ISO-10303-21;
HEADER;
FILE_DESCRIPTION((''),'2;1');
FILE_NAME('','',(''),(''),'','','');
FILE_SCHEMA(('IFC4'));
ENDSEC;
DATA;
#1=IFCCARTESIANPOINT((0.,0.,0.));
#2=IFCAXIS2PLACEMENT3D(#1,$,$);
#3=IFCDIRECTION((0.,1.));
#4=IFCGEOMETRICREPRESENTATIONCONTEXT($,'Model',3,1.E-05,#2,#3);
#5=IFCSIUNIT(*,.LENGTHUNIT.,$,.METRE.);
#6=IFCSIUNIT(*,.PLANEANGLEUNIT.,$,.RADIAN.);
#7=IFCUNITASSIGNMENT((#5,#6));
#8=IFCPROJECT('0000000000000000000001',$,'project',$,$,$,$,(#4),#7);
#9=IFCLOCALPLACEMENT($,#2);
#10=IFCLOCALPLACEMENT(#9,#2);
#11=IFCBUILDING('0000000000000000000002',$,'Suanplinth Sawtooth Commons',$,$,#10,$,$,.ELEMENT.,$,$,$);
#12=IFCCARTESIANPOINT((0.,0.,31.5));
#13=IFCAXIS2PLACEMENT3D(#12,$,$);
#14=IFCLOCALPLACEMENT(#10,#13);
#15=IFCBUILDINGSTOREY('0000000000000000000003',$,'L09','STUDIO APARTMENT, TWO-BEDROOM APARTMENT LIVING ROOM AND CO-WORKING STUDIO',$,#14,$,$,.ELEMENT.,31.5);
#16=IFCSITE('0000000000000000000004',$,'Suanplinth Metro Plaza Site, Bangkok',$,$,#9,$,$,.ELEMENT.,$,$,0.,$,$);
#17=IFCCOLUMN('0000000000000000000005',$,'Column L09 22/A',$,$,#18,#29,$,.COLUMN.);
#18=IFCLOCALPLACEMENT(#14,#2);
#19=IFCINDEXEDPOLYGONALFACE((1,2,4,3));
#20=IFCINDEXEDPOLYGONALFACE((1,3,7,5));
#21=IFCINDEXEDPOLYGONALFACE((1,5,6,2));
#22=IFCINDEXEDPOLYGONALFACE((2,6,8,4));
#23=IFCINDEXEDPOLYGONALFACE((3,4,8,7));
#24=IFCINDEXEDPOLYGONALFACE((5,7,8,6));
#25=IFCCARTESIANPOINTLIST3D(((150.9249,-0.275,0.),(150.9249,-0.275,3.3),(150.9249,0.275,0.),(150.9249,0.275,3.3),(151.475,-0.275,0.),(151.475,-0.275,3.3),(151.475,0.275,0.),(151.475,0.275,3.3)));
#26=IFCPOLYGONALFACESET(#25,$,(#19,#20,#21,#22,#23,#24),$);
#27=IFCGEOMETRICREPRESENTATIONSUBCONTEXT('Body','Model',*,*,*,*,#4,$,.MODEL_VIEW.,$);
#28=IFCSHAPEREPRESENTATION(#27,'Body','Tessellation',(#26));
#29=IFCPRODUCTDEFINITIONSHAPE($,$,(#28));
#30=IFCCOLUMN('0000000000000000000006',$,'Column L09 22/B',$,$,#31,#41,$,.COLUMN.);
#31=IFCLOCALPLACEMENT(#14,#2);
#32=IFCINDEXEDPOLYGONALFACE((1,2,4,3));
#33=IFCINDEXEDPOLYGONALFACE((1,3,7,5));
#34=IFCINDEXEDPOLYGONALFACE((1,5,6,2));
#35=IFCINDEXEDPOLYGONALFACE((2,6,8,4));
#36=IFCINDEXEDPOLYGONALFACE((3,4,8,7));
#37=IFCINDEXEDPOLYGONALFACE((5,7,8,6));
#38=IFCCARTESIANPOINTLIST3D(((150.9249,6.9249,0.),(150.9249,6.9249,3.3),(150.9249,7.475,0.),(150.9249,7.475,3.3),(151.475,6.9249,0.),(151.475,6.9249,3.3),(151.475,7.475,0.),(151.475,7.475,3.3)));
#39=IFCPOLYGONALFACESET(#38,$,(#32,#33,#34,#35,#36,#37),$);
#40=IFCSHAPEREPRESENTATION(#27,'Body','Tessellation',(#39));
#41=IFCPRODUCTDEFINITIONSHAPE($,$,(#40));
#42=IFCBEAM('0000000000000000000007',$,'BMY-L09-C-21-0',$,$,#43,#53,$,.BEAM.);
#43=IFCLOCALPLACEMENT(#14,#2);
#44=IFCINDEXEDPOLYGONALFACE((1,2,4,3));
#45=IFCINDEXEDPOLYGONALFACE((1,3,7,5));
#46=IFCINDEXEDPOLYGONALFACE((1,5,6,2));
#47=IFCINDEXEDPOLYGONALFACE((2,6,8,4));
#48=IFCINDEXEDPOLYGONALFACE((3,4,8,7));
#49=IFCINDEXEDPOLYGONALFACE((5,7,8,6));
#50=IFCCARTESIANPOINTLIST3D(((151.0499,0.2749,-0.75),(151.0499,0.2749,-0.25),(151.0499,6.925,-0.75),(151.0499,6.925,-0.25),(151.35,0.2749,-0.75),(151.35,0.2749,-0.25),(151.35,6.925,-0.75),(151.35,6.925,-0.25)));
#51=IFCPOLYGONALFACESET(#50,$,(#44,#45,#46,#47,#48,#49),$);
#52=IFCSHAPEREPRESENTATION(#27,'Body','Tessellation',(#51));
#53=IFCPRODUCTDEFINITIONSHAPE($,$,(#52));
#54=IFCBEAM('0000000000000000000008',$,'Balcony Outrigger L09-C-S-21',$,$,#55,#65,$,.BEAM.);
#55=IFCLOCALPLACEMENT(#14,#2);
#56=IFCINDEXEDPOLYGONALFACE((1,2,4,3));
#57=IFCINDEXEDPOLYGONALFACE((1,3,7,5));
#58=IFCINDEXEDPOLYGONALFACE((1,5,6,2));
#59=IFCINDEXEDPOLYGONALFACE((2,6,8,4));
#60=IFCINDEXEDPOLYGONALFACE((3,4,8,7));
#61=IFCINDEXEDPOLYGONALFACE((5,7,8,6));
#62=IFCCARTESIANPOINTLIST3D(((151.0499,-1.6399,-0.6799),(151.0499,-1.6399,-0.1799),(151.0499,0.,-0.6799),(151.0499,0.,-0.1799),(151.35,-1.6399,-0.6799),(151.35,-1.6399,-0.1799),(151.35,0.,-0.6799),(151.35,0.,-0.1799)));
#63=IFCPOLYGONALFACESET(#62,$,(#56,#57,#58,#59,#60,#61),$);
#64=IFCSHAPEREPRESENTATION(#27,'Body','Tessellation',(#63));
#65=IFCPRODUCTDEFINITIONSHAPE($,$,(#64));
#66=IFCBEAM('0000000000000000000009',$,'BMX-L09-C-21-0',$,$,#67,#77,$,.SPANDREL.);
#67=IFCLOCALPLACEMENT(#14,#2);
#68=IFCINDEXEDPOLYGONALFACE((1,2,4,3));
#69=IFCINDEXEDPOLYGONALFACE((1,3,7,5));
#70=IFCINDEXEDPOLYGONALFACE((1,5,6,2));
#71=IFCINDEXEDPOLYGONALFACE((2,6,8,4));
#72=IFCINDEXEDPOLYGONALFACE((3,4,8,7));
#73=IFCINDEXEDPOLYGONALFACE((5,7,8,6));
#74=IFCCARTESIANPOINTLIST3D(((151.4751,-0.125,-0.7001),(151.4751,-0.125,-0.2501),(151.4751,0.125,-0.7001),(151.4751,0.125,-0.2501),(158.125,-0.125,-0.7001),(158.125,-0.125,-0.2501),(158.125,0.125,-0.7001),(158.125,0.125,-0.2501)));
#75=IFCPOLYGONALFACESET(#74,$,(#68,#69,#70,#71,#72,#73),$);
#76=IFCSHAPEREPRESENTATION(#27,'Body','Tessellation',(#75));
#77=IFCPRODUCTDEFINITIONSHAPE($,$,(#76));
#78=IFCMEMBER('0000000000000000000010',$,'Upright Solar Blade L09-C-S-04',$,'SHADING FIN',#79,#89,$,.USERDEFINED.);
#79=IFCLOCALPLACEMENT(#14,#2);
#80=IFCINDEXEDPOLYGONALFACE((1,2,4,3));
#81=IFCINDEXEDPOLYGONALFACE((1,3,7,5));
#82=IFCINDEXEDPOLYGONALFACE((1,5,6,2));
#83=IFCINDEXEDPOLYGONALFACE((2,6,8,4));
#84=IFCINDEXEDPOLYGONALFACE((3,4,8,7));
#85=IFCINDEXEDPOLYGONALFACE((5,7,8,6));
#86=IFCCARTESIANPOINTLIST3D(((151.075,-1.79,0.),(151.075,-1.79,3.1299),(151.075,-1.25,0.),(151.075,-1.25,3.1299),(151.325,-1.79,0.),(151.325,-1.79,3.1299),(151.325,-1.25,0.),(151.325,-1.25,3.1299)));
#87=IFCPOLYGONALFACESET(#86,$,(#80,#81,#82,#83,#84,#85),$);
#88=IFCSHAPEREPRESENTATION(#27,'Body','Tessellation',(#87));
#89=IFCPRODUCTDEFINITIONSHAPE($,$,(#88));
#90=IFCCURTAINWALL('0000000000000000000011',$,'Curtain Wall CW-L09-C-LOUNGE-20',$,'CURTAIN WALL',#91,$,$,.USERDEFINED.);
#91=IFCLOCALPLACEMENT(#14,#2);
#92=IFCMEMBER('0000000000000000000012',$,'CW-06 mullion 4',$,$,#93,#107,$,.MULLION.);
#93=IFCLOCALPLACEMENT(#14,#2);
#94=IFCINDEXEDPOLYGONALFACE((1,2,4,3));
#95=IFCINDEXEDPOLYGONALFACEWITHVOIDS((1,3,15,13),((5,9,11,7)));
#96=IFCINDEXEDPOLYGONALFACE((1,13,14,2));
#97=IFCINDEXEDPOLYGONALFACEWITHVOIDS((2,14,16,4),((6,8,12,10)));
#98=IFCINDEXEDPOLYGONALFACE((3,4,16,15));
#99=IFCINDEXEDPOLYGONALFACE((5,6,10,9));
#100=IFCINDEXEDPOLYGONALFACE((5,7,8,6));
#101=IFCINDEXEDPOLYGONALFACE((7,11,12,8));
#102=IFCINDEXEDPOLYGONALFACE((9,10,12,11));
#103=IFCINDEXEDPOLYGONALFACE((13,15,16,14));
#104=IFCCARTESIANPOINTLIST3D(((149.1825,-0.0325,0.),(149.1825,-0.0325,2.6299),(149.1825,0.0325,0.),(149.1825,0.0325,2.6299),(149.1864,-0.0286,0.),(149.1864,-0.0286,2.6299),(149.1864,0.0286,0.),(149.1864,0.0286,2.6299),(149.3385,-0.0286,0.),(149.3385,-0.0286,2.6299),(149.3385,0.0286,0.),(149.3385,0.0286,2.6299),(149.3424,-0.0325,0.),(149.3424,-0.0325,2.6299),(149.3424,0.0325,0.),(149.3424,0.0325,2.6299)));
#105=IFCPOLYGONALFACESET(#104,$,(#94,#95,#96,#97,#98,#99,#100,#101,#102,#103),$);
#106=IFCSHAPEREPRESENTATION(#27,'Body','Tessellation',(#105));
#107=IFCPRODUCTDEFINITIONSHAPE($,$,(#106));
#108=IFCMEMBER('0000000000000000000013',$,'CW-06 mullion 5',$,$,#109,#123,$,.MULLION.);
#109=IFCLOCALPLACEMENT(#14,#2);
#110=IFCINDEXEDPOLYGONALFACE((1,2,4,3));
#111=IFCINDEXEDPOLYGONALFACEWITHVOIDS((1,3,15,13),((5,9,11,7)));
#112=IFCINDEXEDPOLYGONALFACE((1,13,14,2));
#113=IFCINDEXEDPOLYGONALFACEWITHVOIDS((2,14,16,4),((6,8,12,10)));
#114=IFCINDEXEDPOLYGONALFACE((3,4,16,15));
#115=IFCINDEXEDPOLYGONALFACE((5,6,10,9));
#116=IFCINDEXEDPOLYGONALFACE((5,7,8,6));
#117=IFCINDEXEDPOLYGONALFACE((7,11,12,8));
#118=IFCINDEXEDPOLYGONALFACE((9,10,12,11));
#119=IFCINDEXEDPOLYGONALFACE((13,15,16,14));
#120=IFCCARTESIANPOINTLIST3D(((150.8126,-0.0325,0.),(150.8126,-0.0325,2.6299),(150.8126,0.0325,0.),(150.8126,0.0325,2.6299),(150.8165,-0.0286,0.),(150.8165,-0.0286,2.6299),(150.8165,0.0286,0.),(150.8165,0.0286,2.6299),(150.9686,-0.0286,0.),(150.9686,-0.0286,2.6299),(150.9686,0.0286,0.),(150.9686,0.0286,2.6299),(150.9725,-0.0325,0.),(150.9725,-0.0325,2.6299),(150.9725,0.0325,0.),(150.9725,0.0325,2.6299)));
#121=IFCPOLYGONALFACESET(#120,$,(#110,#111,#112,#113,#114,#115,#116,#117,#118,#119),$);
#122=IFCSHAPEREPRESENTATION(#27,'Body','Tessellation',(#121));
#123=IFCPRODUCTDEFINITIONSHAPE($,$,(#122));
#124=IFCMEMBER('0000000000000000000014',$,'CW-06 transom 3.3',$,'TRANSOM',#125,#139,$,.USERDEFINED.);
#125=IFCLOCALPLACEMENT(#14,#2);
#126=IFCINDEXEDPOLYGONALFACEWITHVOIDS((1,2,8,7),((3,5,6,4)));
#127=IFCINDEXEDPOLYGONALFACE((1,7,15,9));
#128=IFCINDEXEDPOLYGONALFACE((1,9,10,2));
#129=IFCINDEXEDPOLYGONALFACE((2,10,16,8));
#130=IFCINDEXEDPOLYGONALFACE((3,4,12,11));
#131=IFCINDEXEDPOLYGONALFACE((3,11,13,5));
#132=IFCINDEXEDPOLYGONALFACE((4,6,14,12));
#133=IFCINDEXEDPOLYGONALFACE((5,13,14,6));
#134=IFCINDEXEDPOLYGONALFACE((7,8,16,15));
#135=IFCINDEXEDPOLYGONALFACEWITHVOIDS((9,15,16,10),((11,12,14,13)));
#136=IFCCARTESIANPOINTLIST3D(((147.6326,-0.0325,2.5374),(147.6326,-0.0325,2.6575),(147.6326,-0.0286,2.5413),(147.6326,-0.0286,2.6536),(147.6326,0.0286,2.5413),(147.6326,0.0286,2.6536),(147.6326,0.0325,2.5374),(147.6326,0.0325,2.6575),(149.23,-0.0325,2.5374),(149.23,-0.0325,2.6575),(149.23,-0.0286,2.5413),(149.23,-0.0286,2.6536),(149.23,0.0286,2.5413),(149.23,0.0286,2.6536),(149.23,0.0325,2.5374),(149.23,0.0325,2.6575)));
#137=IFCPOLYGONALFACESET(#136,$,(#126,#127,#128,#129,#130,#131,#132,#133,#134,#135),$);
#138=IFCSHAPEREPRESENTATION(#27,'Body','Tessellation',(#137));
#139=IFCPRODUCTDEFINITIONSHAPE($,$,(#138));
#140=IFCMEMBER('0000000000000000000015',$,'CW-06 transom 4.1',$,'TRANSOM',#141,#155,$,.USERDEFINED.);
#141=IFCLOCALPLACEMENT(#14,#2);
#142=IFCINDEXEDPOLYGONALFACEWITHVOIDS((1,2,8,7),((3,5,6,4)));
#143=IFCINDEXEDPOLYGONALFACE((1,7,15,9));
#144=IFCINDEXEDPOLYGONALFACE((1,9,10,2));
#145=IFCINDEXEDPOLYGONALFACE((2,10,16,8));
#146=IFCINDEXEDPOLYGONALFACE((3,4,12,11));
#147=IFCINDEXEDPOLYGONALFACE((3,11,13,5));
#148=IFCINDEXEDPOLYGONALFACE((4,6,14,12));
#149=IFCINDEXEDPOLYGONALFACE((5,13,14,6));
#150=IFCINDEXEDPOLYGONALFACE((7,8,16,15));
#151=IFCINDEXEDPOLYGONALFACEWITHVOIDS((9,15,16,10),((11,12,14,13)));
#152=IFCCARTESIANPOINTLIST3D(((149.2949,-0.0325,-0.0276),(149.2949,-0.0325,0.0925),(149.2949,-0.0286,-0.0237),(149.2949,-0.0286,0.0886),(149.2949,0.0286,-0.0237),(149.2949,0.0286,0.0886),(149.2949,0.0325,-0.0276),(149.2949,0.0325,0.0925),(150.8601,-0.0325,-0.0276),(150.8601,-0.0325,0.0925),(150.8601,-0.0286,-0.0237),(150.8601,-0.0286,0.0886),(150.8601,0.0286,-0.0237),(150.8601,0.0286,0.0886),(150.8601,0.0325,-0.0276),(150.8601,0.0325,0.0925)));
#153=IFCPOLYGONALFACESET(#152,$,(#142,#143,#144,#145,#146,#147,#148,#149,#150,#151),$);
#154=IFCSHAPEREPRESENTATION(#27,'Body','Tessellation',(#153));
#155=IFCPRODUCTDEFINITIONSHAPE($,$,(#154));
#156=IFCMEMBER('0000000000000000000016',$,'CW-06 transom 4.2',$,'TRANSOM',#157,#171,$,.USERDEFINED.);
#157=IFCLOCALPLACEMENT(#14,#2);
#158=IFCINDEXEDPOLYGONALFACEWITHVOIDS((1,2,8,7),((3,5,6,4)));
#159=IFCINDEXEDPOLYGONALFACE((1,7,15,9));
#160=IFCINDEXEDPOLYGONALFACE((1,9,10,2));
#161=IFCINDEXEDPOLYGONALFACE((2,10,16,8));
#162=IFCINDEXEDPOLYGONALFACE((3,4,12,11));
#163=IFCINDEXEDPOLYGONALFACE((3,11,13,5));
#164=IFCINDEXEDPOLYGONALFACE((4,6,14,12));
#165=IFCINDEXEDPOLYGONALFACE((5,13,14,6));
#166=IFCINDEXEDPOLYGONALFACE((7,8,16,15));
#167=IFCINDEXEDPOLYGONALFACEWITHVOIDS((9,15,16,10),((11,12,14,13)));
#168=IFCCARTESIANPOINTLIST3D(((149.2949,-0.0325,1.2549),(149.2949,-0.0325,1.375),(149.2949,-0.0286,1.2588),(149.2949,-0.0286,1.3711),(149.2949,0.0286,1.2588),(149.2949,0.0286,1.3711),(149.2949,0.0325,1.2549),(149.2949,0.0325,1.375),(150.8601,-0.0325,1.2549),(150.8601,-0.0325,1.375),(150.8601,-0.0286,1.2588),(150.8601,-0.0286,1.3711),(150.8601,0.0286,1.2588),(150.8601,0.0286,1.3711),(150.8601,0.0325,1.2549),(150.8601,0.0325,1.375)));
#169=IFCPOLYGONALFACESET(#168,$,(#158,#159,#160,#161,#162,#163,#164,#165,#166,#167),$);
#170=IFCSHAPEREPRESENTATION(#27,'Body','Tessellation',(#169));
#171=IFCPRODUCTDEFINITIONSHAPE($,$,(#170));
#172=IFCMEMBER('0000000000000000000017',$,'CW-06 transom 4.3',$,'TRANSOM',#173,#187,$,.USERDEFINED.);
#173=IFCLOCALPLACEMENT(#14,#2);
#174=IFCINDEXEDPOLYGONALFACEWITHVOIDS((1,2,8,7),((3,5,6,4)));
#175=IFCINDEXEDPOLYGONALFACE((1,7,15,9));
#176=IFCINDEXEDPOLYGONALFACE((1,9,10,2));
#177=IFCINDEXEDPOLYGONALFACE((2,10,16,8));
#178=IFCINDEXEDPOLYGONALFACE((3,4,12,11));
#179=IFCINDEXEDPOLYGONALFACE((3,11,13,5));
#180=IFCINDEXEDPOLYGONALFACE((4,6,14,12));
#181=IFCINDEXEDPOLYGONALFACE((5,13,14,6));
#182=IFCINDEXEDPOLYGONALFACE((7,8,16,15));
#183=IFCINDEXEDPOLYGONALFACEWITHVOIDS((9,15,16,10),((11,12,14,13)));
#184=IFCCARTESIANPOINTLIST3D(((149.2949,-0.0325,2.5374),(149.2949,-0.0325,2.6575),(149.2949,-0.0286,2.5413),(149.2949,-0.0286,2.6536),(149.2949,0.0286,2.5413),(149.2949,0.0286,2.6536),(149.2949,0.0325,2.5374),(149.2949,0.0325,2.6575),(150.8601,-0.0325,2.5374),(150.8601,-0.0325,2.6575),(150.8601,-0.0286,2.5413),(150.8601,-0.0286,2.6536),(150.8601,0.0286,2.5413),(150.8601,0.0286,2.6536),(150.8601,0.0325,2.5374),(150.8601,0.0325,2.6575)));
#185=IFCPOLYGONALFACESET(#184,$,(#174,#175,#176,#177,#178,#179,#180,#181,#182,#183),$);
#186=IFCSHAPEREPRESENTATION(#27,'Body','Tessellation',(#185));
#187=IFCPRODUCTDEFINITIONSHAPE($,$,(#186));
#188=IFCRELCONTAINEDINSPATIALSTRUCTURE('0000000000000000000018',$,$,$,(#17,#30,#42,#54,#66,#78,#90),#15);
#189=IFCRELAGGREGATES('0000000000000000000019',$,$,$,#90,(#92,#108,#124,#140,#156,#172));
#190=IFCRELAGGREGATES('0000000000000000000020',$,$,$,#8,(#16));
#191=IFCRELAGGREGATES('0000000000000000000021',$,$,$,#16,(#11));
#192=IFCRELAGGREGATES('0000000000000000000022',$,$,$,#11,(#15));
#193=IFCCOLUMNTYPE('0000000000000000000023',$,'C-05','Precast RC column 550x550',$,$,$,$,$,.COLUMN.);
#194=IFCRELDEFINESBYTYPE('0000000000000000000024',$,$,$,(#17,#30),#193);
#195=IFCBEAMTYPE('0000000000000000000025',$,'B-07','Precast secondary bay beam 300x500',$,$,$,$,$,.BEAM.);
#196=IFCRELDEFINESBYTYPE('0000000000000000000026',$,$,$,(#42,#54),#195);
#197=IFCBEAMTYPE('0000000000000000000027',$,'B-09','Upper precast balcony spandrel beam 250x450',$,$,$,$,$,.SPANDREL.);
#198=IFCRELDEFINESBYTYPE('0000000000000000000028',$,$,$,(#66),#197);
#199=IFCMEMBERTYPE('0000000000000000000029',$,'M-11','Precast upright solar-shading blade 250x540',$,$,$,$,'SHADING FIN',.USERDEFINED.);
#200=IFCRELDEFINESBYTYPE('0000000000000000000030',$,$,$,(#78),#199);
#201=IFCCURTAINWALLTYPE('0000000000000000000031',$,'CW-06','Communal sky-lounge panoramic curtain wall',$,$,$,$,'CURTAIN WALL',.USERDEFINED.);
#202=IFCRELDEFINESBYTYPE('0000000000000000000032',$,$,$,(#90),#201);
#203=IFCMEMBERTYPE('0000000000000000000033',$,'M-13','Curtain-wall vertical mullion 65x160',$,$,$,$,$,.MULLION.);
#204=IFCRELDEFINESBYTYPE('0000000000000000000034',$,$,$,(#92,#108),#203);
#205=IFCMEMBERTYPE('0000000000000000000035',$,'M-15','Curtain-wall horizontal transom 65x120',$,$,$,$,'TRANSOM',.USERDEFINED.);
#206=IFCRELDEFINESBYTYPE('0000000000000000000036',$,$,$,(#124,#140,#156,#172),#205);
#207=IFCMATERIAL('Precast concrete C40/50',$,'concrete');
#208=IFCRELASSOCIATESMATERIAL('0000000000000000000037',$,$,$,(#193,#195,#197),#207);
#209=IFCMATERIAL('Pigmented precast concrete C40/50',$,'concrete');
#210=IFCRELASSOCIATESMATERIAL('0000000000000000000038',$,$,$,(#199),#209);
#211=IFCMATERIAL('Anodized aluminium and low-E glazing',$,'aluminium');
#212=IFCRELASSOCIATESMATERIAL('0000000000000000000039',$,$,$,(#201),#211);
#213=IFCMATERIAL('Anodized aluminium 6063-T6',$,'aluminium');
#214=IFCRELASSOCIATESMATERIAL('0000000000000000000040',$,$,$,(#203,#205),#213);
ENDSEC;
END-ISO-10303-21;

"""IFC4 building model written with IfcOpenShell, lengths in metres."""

from ifc_helpers import new_model, si_unit, direction, frame, origin, origin_2d, place, context, subcontext, project, spatial, rectangle, hollow_rectangle, extrude, material, material_profile, profile_set, type_object, element, aggregate, save


model = new_model("IFC4")

# Units and contexts
model_context = context("Model", 3, precision=1e-05, world=origin(), true_north=direction((0.0, 1.0)))
body_context = subcontext(model_context, "Body", "Model", "MODEL_VIEW")
ifc_project = project(units=[si_unit("LENGTHUNIT", "METRE"), si_unit("PLANEANGLEUNIT", "RADIAN")], contexts=[model_context])

# Site, building, storey
site_placement = place(None, origin())
site = spatial("IfcSite", under=ifc_project, at=site_placement, Name="Suanplinth Metro Plaza Site, Bangkok", CompositionType="ELEMENT", RefElevation=0.0)
building_placement = place(site_placement, origin())
building = spatial("IfcBuilding", under=site, at=building_placement, Name="Suanplinth Sawtooth Commons", CompositionType="ELEMENT")
storey_placement = place(building_placement, frame((0.0, 0.0, 31.5)))
storey = spatial("IfcBuildingStorey", under=building, at=storey_placement, Name="L09", Description="STUDIO APARTMENT, TWO-BEDROOM APARTMENT LIVING ROOM AND CO-WORKING STUDIO", CompositionType="ELEMENT", Elevation=31.5)

# Columns
ifc_material_1 = material(Name="Precast concrete C40/50", Category="concrete")
ifc_material_profile_1 = material_profile(ifc_material_1, rectangle(XDim=0.55, YDim=0.55, at=origin_2d()), Name="PC-COL 550x550")
ifc_profile_set_1 = profile_set([ifc_material_profile_1], Name="Precast concrete C40/50")
column_type = type_object("IfcColumnType", Name="C-05", Description="Precast RC column 550x550", PredefinedType="COLUMN", material=ifc_profile_set_1)
for number, where, z_axis, x_axis, name in (
    (1, (151.2, 0.0, 0.0), (0.0, 0.0, 1.0), (1.0, 0.0, 0.0), "Column L09 22/A"),
    (2, (151.2, 7.2, 0.0), (0.0, 0.0, 1.0), (1.0, 0.0, 0.0), "Column L09 22/B"),
):
    element("IfcColumn", number, at=place(storey_placement, frame(where, z_axis=z_axis, x_axis=x_axis)), inside=storey, type_object=column_type, Name=name, PredefinedType="COLUMN", context=body_context, shape_type="SweptSolid", body=[
        extrude(rectangle(XDim=0.55, YDim=0.55, at=origin_2d()), origin(), (0.0, 0.0, 1.0), 3.3),
    ])

# Beams
ifc_material_profile_2 = material_profile(ifc_material_1, rectangle(XDim=0.3, YDim=0.5, at=origin_2d()), Name="PC-BM 300x500")
ifc_profile_set_2 = profile_set([ifc_material_profile_2], Name="Precast concrete C40/50")
beam_type_1 = type_object("IfcBeamType", Name="B-07", Description="Precast secondary bay beam 300x500", PredefinedType="BEAM", material=ifc_profile_set_2)
beam_1_placement = place(storey_placement, frame((151.2, 0.2749, -0.5), z_axis=(0.0, 1.0, 0.0), x_axis=(-1.0, 0.0, 0.0)))
element("IfcBeam", 3, at=beam_1_placement, inside=storey, type_object=beam_type_1, Name="BMY-L09-C-21-0", PredefinedType="BEAM", context=body_context, shape_type="SweptSolid", body=[
    extrude(rectangle(XDim=0.3, YDim=0.5, at=origin_2d()), origin(), (0.0, 0.0, 1.0), 6.6501),
])
beam_2_placement = place(storey_placement, frame((151.2, 0.0, -0.4299), z_axis=(0.0, -1.0, 0.0), x_axis=(1.0, 0.0, 0.0)))
element("IfcBeam", 4, at=beam_2_placement, inside=storey, type_object=beam_type_1, Name="Balcony Outrigger L09-C-S-21", PredefinedType="BEAM", context=body_context, shape_type="SweptSolid", body=[
    extrude(rectangle(XDim=0.3, YDim=0.5, at=origin_2d()), origin(), (0.0, 0.0, 1.0), 1.6399),
])
ifc_material_profile_3 = material_profile(ifc_material_1, rectangle(XDim=0.25, YDim=0.45, at=origin_2d()), Name="PC-SP 250x450")
ifc_profile_set_3 = profile_set([ifc_material_profile_3], Name="Precast concrete C40/50")
beam_type_2 = type_object("IfcBeamType", Name="B-09", Description="Upper precast balcony spandrel beam 250x450", PredefinedType="SPANDREL", material=ifc_profile_set_3)
beam_3_placement = place(storey_placement, frame((151.4751, 0.0, -0.4751), z_axis=(1.0, 0.0, 0.0), x_axis=(0.0, 1.0, 0.0)))
element("IfcBeam", 5, at=beam_3_placement, inside=storey, type_object=beam_type_2, Name="BMX-L09-C-21-0", PredefinedType="SPANDREL", context=body_context, shape_type="SweptSolid", body=[
    extrude(rectangle(XDim=0.25, YDim=0.45, at=origin_2d()), origin(), (0.0, 0.0, 1.0), 6.6499),
])

# Member
ifc_material_2 = material(Name="Pigmented precast concrete C40/50", Category="concrete")
ifc_material_profile_4 = material_profile(ifc_material_2, rectangle(XDim=0.25, YDim=0.54, at=origin_2d()), Name="PC-FIN 250x540")
ifc_profile_set_4 = profile_set([ifc_material_profile_4], Name="Pigmented precast concrete C40/50")
member_type_1 = type_object("IfcMemberType", Name="M-11", Description="Precast upright solar-shading blade 250x540", ElementType="SHADING FIN", PredefinedType="USERDEFINED", material=ifc_profile_set_4)
member_1_placement = place(storey_placement, frame((151.2, -1.52, 0.0), z_axis=(0.0, 0.0, 1.0), x_axis=(1.0, 0.0, 0.0)))
element("IfcMember", 6, at=member_1_placement, inside=storey, type_object=member_type_1, Name="Upright Solar Blade L09-C-S-04", ObjectType="SHADING FIN", PredefinedType="USERDEFINED", context=body_context, shape_type="SweptSolid", body=[
    extrude(rectangle(XDim=0.25, YDim=0.54, at=origin_2d()), origin(), (0.0, 0.0, 1.0), 3.1299),
])

# Curtain wall, members
ifc_material_3 = material(Name="Anodized aluminium and low-E glazing", Category="aluminium")
curtain_wall_type = type_object("IfcCurtainWallType", Name="CW-06", Description="Communal sky-lounge panoramic curtain wall", ElementType="CURTAIN WALL", PredefinedType="USERDEFINED", material=ifc_material_3)
curtain_wall_placement = place(storey_placement, origin())
curtain_wall = element("IfcCurtainWall", 7, at=curtain_wall_placement, inside=storey, type_object=curtain_wall_type, Name="Curtain Wall CW-L09-C-LOUNGE-20", ObjectType="CURTAIN WALL", PredefinedType="USERDEFINED")
ifc_material_4 = material(Name="Anodized aluminium 6063-T6", Category="aluminium")
ifc_material_profile_5 = material_profile(ifc_material_4, hollow_rectangle(XDim=0.0649, YDim=0.1599, WallThickness=0.0039, at=origin_2d()), Name="ALU-MUL 65x160")
ifc_profile_set_5 = profile_set([ifc_material_profile_5], Name="Anodized aluminium 6063-T6")
member_type_2 = type_object("IfcMemberType", Name="M-13", Description="Curtain-wall vertical mullion 65x160", PredefinedType="MULLION", material=ifc_profile_set_5)
member_2_placement = place(storey_placement, frame((149.2625, 0.0, 0.0), z_axis=(0.0, 0.0, 1.0), x_axis=(0.0, 1.0, 0.0)))
member_2 = element("IfcMember", 8, at=member_2_placement, type_object=member_type_2, Name="CW-06 mullion 4", PredefinedType="MULLION", context=body_context, shape_type="SweptSolid", body=[
    extrude(hollow_rectangle(XDim=0.0649, YDim=0.1599, WallThickness=0.0039, at=origin_2d()), origin(), (0.0, 0.0, 1.0), 2.6299),
])
member_3_placement = place(storey_placement, frame((150.8926, 0.0, 0.0), z_axis=(0.0, 0.0, 1.0), x_axis=(0.0, 1.0, 0.0)))
member_3 = element("IfcMember", 9, at=member_3_placement, type_object=member_type_2, Name="CW-06 mullion 5", PredefinedType="MULLION", context=body_context, shape_type="SweptSolid", body=[
    extrude(hollow_rectangle(XDim=0.0649, YDim=0.1599, WallThickness=0.0039, at=origin_2d()), origin(), (0.0, 0.0, 1.0), 2.6299),
])
ifc_material_profile_6 = material_profile(ifc_material_4, hollow_rectangle(XDim=0.0649, YDim=0.1201, WallThickness=0.0039, at=origin_2d()), Name="ALU-TRN 65x120")
ifc_profile_set_6 = profile_set([ifc_material_profile_6], Name="Anodized aluminium 6063-T6")
member_type_3 = type_object("IfcMemberType", Name="M-15", Description="Curtain-wall horizontal transom 65x120", ElementType="TRANSOM", PredefinedType="USERDEFINED", material=ifc_profile_set_6)
member_4_placement = place(storey_placement, frame((147.6326, 0.0, 2.5974), z_axis=(1.0, 0.0, 0.0), x_axis=(0.0, 1.0, 0.0)))
member_4 = element("IfcMember", 10, at=member_4_placement, type_object=member_type_3, Name="CW-06 transom 3.3", ObjectType="TRANSOM", PredefinedType="USERDEFINED", context=body_context, shape_type="SweptSolid", body=[
    extrude(hollow_rectangle(XDim=0.0649, YDim=0.1201, WallThickness=0.0039, at=origin_2d()), origin(), (0.0, 0.0, 1.0), 1.5974),
])
member_5_placement = place(storey_placement, frame((149.2949, 0.0, 0.0325), z_axis=(1.0, 0.0, 0.0), x_axis=(0.0, 1.0, 0.0)))
member_5 = element("IfcMember", 11, at=member_5_placement, type_object=member_type_3, Name="CW-06 transom 4.1", ObjectType="TRANSOM", PredefinedType="USERDEFINED", context=body_context, shape_type="SweptSolid", body=[
    extrude(hollow_rectangle(XDim=0.0649, YDim=0.1201, WallThickness=0.0039, at=origin_2d()), origin(), (0.0, 0.0, 1.0), 1.5652),
])
member_6_placement = place(storey_placement, frame((149.2949, 0.0, 1.3149), z_axis=(1.0, 0.0, 0.0), x_axis=(0.0, 1.0, 0.0)))
member_6 = element("IfcMember", 12, at=member_6_placement, type_object=member_type_3, Name="CW-06 transom 4.2", ObjectType="TRANSOM", PredefinedType="USERDEFINED", context=body_context, shape_type="SweptSolid", body=[
    extrude(hollow_rectangle(XDim=0.0649, YDim=0.1201, WallThickness=0.0039, at=origin_2d()), origin(), (0.0, 0.0, 1.0), 1.5652),
])
member_7_placement = place(storey_placement, frame((149.2949, 0.0, 2.5974), z_axis=(1.0, 0.0, 0.0), x_axis=(0.0, 1.0, 0.0)))
member_7 = element("IfcMember", 13, at=member_7_placement, type_object=member_type_3, Name="CW-06 transom 4.3", ObjectType="TRANSOM", PredefinedType="USERDEFINED", context=body_context, shape_type="SweptSolid", body=[
    extrude(hollow_rectangle(XDim=0.0649, YDim=0.1201, WallThickness=0.0039, at=origin_2d()), origin(), (0.0, 0.0, 1.0), 1.5652),
])
aggregate(curtain_wall, [member_2, member_3, member_4, member_5, member_6, member_7])

save(model, "model.ifc")
